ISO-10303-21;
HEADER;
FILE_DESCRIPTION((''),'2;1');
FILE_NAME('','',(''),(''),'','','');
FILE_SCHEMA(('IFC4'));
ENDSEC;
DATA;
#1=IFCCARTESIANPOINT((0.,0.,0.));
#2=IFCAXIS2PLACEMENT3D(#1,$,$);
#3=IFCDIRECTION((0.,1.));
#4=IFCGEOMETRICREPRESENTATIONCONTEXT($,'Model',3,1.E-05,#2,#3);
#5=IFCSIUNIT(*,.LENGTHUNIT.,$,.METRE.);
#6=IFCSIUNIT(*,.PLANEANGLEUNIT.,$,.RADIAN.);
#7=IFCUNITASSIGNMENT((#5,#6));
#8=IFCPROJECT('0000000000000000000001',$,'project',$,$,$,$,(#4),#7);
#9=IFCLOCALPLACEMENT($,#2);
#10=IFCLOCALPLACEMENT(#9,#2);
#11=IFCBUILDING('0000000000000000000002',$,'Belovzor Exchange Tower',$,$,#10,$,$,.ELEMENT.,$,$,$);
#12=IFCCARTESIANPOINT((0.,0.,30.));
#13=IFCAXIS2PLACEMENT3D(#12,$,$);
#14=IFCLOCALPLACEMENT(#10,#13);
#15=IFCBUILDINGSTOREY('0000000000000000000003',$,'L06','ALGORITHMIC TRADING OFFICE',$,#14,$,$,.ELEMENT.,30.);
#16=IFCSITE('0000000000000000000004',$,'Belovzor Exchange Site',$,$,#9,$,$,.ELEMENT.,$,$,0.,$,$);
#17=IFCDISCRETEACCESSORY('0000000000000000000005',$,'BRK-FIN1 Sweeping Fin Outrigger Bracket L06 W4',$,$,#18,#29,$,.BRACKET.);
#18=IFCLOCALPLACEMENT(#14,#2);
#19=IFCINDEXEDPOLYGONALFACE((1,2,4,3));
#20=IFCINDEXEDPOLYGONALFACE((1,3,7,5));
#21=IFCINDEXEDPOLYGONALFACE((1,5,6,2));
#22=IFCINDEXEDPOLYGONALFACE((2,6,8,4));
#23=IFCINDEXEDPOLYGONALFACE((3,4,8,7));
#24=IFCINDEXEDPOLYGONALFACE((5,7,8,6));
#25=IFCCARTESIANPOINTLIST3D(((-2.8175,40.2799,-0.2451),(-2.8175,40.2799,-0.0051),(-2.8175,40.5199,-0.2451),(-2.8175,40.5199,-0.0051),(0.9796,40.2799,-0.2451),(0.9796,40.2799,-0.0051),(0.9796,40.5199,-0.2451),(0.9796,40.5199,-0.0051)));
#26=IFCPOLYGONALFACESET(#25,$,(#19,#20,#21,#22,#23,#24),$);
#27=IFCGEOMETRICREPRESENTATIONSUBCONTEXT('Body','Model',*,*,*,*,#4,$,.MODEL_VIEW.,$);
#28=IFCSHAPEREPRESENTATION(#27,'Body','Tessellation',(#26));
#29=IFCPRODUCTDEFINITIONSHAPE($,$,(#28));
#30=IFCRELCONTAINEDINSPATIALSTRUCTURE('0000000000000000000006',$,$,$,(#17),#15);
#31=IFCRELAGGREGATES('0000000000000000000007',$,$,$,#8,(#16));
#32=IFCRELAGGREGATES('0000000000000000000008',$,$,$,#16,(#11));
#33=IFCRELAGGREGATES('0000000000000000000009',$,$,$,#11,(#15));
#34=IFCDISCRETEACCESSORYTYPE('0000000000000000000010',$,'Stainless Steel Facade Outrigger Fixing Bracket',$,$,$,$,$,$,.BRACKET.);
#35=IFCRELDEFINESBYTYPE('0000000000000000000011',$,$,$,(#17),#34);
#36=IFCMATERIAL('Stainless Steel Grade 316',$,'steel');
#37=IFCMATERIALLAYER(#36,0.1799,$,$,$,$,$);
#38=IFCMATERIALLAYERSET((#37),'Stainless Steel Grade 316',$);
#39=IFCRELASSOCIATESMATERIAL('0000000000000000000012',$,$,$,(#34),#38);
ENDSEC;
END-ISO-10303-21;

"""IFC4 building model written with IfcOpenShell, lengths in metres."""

from ifc_helpers import new_model, si_unit, direction, frame, origin, origin_2d, place, context, subcontext, project, spatial, rectangle, extrude, material, layer, layer_set, type_object, element, save


model = new_model("IFC4")

# Units and contexts
model_context = context("Model", 3, precision=1e-05, world=origin(), true_north=direction((0.0, 1.0)))
body_context = subcontext(model_context, "Body", "Model", "MODEL_VIEW")
ifc_project = project(units=[si_unit("LENGTHUNIT", "METRE"), si_unit("PLANEANGLEUNIT", "RADIAN")], contexts=[model_context])

# Site, building, storey
site_placement = place(None, origin())
site = spatial("IfcSite", under=ifc_project, at=site_placement, Name="Belovzor Exchange Site", CompositionType="ELEMENT", RefElevation=0.0)
building_placement = place(site_placement, origin())
building = spatial("IfcBuilding", under=site, at=building_placement, Name="Belovzor Exchange Tower", CompositionType="ELEMENT")
storey_placement = place(building_placement, frame((0.0, 0.0, 30.0)))
storey = spatial("IfcBuildingStorey", under=building, at=storey_placement, Name="L06", Description="ALGORITHMIC TRADING OFFICE", CompositionType="ELEMENT", Elevation=30.0)

# Discrete accessory
ifc_material_1 = material(Name="Stainless Steel Grade 316", Category="steel")
ifc_layer_1 = layer(ifc_material_1, 0.1799)
ifc_layer_set_1 = layer_set([ifc_layer_1], Name="Stainless Steel Grade 316")
discrete_accessory_type = type_object("IfcDiscreteAccessoryType", Name="Stainless Steel Facade Outrigger Fixing Bracket", PredefinedType="BRACKET", material=ifc_layer_set_1)
discrete_accessory_placement = place(storey_placement, frame((-0.9189, 40.3999, -0.2451), z_axis=(0.0, 0.0, 1.0), x_axis=(1.0, 0.0, 0.0)))
element("IfcDiscreteAccessory", 1, at=discrete_accessory_placement, inside=storey, type_object=discrete_accessory_type, Name="BRK-FIN1 Sweeping Fin Outrigger Bracket L06 W4", PredefinedType="BRACKET", context=body_context, shape_type="SweptSolid", body=[
    extrude(rectangle(XDim=3.7971, YDim=0.24, at=origin_2d()), origin(), (0.0, 0.0, 1.0), 0.24),
])

save(model, "model.ifc")
